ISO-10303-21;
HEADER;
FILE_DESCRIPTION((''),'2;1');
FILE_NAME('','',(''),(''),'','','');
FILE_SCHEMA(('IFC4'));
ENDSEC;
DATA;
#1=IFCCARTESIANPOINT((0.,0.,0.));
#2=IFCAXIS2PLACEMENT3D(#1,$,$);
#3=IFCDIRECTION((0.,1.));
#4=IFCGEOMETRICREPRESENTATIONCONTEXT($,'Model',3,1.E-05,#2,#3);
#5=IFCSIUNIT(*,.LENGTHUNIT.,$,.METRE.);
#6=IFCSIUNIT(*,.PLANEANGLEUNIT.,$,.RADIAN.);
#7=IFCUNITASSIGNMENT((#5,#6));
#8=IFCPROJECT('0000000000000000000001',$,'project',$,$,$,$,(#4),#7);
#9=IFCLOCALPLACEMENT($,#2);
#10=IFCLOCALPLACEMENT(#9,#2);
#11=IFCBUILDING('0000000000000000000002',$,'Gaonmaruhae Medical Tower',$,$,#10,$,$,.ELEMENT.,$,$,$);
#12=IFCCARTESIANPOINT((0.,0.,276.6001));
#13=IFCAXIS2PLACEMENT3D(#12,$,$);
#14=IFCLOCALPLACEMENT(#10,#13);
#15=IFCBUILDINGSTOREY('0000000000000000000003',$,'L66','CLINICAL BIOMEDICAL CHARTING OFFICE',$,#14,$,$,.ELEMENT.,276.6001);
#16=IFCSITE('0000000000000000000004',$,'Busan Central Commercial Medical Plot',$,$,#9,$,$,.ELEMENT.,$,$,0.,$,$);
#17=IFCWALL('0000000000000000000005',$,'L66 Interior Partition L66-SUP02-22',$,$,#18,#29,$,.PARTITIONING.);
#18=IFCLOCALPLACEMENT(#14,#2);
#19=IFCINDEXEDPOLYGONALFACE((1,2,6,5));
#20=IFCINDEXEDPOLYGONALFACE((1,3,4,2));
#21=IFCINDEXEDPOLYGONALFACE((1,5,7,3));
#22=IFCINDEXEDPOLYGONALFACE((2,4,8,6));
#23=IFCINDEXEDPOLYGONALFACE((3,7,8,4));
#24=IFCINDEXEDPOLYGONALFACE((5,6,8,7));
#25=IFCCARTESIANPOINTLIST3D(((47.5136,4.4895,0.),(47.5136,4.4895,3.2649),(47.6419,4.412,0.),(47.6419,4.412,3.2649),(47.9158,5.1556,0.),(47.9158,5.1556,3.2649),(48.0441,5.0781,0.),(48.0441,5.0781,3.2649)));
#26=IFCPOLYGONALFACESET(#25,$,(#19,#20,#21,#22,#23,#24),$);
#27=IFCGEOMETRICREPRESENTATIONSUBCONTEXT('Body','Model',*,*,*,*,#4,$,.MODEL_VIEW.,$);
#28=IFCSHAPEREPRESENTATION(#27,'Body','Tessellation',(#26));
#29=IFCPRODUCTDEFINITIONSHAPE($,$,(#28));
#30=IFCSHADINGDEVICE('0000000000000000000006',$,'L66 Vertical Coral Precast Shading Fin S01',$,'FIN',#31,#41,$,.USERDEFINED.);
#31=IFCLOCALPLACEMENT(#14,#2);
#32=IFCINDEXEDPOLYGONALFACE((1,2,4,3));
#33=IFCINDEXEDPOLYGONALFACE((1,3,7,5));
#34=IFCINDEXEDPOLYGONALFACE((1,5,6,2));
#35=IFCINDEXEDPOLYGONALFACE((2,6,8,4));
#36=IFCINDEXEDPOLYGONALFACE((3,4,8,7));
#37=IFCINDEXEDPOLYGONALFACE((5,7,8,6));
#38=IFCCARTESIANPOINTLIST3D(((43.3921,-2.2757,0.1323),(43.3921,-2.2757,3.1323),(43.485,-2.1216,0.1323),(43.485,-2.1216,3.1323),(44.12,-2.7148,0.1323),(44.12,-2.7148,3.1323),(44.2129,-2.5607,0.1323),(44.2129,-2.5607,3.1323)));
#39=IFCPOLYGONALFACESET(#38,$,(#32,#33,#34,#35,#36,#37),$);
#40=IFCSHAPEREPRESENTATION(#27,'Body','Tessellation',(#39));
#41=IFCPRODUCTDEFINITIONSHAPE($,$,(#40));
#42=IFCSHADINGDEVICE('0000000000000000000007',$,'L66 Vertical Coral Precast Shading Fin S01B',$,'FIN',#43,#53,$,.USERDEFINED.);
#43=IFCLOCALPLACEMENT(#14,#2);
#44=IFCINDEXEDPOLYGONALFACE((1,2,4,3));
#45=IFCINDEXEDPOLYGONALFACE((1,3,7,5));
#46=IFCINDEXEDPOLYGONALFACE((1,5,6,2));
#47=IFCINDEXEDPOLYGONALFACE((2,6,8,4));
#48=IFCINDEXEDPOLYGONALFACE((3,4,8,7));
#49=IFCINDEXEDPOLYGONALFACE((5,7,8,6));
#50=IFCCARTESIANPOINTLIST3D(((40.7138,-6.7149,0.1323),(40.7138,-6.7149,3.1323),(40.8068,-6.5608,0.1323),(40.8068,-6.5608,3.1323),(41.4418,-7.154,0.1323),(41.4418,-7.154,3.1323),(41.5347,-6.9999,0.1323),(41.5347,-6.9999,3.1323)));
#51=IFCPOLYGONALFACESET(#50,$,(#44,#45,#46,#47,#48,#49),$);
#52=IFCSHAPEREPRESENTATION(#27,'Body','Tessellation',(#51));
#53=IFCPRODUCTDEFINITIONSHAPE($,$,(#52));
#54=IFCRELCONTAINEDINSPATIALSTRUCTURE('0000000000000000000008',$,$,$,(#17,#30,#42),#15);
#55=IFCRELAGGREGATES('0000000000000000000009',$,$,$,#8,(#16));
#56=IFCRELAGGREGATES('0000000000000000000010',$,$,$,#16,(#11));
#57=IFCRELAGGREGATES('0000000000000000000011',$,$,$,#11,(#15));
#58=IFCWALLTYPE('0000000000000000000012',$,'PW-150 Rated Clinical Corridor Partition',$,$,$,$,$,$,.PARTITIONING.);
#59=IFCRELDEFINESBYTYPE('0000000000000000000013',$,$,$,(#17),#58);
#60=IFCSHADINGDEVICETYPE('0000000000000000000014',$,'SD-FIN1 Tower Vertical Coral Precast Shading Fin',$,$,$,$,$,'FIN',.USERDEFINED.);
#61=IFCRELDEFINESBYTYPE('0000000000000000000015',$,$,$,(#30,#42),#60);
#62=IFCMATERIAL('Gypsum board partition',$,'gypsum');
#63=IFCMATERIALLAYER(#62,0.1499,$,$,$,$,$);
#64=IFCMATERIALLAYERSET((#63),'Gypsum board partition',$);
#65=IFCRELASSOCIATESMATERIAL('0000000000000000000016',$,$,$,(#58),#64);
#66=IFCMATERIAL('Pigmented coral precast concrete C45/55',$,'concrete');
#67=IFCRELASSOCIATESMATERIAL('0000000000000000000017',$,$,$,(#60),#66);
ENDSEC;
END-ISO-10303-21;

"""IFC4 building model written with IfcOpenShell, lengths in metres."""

from ifc_helpers import new_model, si_unit, direction, frame, frame_2d, origin, origin_2d, place, context, subcontext, project, spatial, rectangle, extrude, material, layer, layer_set, type_object, element, save


model = new_model("IFC4")

# Units and contexts
model_context = context("Model", 3, precision=1e-05, world=origin(), true_north=direction((0.0, 1.0)))
body_context = subcontext(model_context, "Body", "Model", "MODEL_VIEW")
ifc_project = project(units=[si_unit("LENGTHUNIT", "METRE"), si_unit("PLANEANGLEUNIT", "RADIAN")], contexts=[model_context])

# Site, building, storey
site_placement = place(None, origin())
site = spatial("IfcSite", under=ifc_project, at=site_placement, Name="Busan Central Commercial Medical Plot", CompositionType="ELEMENT", RefElevation=0.0)
building_placement = place(site_placement, origin())
building = spatial("IfcBuilding", under=site, at=building_placement, Name="Gaonmaruhae Medical Tower", CompositionType="ELEMENT")
storey_placement = place(building_placement, frame((0.0, 0.0, 276.6001)))
storey = spatial("IfcBuildingStorey", under=building, at=storey_placement, Name="L66", Description="CLINICAL BIOMEDICAL CHARTING OFFICE", CompositionType="ELEMENT", Elevation=276.6001)

# Wall
ifc_material_1 = material(Name="Gypsum board partition", Category="gypsum")
ifc_layer_1 = layer(ifc_material_1, 0.1499)
ifc_layer_set_1 = layer_set([ifc_layer_1], Name="Gypsum board partition")
wall_type_1 = type_object("IfcWallType", Name="PW-150 Rated Clinical Corridor Partition", PredefinedType="PARTITIONING", material=ifc_layer_set_1)
wall_1_placement = place(storey_placement, frame((47.98, 5.1169, 0.0), z_axis=(0.0, 0.0, 1.0), x_axis=(-0.516847, -0.856078, 0.0)))
element("IfcWall", 1, at=wall_1_placement, inside=storey, type_object=wall_type_1, Name="L66 Interior Partition L66-SUP02-22", PredefinedType="PARTITIONING", context=body_context, shape_type="SweptSolid", body=[
    extrude(rectangle(XDim=0.7781, YDim=0.1499, at=frame_2d((0.3892, 0.0))), origin(), (0.0, 0.0, 1.0), 3.2649),
])

# Shading devices
ifc_material_2 = material(Name="Pigmented coral precast concrete C45/55", Category="concrete")
shading_device_type = type_object("IfcShadingDeviceType", Name="SD-FIN1 Tower Vertical Coral Precast Shading Fin", ElementType="FIN", PredefinedType="USERDEFINED", material=ifc_material_2)
for number, where, z_axis, x_axis, name in (
    (2, (43.8025, -2.4182, 0.1323), (0.0, 0.0, 1.0), (-0.516533, -0.856267, 0.0), "L66 Vertical Coral Precast Shading Fin S01"),
    (3, (41.1243, -6.8574, 0.1323), (0.0, 0.0, 1.0), (-0.516533, -0.856267, 0.0), "L66 Vertical Coral Precast Shading Fin S01B"),
):
    element("IfcShadingDevice", number, at=place(storey_placement, frame(where, z_axis=z_axis, x_axis=x_axis)), inside=storey, type_object=shading_device_type, Name=name, ObjectType="FIN", PredefinedType="USERDEFINED", context=body_context, shape_type="SweptSolid", body=[
        extrude(rectangle(XDim=0.1799, YDim=0.8501, at=origin_2d()), origin(), (0.0, 0.0, 1.0), 3.0),
    ])

save(model, "model.ifc")
